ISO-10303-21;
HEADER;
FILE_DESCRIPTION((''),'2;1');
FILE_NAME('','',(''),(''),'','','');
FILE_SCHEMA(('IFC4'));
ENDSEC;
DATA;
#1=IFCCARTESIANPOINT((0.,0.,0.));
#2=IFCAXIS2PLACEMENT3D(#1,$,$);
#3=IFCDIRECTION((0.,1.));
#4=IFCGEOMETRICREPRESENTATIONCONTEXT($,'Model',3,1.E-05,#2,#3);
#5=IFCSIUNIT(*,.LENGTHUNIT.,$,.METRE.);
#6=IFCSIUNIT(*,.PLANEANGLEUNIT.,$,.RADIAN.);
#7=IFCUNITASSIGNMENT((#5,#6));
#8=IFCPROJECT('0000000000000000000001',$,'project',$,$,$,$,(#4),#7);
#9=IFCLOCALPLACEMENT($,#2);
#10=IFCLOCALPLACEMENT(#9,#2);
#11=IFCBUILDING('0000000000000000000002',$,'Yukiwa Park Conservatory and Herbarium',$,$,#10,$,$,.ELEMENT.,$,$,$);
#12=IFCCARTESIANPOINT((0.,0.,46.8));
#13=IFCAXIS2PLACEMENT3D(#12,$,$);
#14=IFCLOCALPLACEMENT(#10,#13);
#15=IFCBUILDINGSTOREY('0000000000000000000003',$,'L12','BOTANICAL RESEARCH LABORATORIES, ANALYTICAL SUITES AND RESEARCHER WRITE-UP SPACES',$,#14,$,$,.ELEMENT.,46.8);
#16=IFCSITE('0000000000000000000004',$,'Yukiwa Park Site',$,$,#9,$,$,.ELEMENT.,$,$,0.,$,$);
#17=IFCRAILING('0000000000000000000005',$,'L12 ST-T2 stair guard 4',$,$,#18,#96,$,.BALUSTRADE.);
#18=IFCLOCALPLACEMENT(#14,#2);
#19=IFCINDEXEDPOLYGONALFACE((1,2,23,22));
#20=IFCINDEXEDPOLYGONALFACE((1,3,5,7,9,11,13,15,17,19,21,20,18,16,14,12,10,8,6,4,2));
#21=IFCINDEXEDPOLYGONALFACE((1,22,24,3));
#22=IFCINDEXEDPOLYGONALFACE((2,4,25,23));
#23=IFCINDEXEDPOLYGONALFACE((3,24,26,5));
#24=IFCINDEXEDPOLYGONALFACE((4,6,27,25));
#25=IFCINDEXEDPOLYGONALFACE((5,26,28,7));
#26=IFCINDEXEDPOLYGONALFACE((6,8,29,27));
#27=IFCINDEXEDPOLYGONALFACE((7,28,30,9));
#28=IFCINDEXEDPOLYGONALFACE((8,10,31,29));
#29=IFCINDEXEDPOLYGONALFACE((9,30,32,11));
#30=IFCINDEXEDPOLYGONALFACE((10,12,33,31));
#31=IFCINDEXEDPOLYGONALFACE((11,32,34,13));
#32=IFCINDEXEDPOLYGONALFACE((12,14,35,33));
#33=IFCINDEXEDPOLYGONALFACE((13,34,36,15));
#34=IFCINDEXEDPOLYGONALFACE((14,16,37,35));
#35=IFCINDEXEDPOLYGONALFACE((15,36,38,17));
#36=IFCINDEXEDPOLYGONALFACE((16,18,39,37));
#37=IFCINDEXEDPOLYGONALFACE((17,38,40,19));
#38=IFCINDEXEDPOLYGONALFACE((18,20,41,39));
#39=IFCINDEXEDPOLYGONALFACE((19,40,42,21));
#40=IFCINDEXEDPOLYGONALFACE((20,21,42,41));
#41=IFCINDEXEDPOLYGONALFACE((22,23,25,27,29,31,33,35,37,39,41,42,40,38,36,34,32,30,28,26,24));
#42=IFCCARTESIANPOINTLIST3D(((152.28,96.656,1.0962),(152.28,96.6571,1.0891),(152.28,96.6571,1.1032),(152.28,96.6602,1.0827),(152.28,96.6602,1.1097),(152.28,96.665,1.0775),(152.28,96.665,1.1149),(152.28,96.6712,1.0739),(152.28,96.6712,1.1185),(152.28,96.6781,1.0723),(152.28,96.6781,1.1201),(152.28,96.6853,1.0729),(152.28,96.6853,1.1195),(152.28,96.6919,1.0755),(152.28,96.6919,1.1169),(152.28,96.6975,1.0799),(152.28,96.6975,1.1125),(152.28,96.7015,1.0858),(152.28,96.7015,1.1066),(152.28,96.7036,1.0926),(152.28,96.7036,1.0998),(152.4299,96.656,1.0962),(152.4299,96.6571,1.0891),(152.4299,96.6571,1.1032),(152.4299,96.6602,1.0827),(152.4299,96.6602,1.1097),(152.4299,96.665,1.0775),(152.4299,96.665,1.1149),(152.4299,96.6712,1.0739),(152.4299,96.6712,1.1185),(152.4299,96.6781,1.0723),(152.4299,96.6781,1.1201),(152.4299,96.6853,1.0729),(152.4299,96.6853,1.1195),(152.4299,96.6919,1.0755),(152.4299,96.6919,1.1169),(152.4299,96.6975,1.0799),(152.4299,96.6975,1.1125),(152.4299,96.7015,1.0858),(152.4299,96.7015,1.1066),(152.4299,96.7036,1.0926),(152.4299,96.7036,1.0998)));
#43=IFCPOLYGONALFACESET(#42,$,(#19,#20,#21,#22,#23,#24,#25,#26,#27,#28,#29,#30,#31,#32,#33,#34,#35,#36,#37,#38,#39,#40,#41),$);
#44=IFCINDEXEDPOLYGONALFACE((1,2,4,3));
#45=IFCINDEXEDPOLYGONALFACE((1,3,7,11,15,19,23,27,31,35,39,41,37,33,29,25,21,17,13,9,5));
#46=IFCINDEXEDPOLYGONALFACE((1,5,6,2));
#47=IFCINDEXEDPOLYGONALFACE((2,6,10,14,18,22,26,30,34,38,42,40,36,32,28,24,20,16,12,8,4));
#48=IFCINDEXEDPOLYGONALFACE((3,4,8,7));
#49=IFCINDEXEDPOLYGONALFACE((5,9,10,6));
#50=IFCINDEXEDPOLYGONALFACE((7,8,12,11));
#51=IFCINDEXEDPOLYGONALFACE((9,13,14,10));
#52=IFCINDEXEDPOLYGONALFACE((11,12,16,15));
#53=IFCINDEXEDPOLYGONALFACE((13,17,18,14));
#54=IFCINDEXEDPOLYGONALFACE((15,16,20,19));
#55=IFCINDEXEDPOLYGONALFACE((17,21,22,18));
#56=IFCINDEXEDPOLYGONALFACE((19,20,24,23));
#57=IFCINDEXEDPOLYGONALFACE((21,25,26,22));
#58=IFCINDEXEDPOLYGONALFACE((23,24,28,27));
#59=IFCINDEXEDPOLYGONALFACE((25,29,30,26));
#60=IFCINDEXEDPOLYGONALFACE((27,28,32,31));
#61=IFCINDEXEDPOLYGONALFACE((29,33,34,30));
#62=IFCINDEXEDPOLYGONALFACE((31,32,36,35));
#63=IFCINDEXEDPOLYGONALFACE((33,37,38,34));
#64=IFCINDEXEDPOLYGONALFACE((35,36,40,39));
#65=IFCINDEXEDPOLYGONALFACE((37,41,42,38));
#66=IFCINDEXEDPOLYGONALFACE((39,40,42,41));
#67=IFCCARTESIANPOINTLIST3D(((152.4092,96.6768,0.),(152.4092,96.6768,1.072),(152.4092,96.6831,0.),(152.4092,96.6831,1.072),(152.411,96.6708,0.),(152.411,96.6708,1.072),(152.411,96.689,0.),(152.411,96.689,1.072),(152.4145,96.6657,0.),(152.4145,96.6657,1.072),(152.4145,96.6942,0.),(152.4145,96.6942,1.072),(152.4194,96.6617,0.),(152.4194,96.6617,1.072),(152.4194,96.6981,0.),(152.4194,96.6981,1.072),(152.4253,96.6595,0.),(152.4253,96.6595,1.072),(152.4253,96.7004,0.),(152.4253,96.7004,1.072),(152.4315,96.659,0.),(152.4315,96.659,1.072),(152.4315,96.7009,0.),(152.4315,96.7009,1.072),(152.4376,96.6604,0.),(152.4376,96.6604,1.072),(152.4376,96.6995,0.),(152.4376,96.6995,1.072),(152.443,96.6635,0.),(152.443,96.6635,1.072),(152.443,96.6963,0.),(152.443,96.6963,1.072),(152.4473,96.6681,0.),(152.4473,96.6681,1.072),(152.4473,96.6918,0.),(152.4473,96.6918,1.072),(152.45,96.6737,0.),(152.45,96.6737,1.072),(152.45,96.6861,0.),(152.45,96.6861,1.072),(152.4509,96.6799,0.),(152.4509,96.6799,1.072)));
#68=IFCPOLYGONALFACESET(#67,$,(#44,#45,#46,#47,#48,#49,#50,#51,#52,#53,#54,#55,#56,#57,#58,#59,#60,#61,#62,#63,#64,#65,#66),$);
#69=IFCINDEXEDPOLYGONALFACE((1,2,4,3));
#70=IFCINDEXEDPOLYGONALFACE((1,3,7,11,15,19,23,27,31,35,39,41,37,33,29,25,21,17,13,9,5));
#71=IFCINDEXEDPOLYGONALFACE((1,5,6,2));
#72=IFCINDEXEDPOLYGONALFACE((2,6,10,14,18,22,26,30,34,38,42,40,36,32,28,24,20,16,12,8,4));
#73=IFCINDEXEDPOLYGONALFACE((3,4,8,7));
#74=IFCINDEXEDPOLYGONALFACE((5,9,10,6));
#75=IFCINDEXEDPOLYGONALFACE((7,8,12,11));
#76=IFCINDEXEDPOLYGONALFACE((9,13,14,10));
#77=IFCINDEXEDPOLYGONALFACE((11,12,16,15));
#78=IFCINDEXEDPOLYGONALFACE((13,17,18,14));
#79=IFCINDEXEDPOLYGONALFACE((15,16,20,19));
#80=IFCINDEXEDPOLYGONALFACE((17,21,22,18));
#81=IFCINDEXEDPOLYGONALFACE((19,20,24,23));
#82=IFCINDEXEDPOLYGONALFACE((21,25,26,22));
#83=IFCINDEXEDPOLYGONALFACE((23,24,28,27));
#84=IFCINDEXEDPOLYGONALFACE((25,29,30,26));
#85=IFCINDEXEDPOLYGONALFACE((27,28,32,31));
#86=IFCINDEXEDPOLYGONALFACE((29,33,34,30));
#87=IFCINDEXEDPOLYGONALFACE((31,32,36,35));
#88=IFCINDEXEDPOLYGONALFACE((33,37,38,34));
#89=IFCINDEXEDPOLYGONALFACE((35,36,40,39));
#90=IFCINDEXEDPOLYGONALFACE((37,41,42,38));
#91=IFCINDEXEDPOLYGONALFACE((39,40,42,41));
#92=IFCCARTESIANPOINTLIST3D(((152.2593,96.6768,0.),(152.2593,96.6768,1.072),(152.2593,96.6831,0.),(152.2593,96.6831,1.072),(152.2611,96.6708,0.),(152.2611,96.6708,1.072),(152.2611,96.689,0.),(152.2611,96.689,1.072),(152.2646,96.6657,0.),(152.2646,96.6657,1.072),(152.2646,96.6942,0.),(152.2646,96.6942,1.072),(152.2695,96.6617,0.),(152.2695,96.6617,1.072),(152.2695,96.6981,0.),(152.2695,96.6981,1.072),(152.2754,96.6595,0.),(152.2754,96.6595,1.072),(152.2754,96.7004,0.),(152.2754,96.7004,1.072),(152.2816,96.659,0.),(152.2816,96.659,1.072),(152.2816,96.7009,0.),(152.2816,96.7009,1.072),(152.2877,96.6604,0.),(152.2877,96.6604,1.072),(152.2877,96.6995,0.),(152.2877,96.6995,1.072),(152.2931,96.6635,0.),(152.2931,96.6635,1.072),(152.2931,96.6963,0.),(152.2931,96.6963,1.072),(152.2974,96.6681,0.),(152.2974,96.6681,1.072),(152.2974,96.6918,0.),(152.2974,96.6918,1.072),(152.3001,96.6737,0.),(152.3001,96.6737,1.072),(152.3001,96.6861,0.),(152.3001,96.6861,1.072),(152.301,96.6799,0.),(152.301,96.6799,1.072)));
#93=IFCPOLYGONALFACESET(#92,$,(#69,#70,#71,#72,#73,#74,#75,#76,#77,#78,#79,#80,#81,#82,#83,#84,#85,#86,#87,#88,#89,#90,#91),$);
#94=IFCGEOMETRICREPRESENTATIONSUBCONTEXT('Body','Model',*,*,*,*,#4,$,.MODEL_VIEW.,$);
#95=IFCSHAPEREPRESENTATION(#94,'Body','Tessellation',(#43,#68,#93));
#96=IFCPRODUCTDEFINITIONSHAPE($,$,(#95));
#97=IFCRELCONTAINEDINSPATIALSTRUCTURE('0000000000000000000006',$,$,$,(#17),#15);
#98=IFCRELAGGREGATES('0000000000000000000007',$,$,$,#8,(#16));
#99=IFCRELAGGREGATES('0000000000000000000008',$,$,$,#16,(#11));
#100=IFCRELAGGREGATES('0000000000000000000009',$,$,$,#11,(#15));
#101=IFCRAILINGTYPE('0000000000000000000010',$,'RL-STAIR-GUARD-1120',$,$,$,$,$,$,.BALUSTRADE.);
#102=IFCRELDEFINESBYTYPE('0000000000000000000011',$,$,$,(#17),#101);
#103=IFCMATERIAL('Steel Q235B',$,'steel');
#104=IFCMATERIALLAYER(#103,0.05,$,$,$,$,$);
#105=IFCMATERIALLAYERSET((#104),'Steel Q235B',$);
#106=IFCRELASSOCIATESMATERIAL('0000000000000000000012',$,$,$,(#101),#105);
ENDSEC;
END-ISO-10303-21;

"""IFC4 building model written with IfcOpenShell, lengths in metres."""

from ifc_helpers import new_model, si_unit, direction, frame, origin, origin_2d, place, context, subcontext, project, spatial, circle, extrude, material, layer, layer_set, type_object, element, save


model = new_model("IFC4")

# Units and contexts
model_context = context("Model", 3, precision=1e-05, world=origin(), true_north=direction((0.0, 1.0)))
body_context = subcontext(model_context, "Body", "Model", "MODEL_VIEW")
ifc_project = project(units=[si_unit("LENGTHUNIT", "METRE"), si_unit("PLANEANGLEUNIT", "RADIAN")], contexts=[model_context])

# Site, building, storey
site_placement = place(None, origin())
site = spatial("IfcSite", under=ifc_project, at=site_placement, Name="Yukiwa Park Site", CompositionType="ELEMENT", RefElevation=0.0)
building_placement = place(site_placement, origin())
building = spatial("IfcBuilding", under=site, at=building_placement, Name="Yukiwa Park Conservatory and Herbarium", CompositionType="ELEMENT")
storey_placement = place(building_placement, frame((0.0, 0.0, 46.8)))
storey = spatial("IfcBuildingStorey", under=building, at=storey_placement, Name="L12", Description="BOTANICAL RESEARCH LABORATORIES, ANALYTICAL SUITES AND RESEARCHER WRITE-UP SPACES", CompositionType="ELEMENT", Elevation=46.8)

# Railing
ifc_material_1 = material(Name="Steel Q235B", Category="steel")
ifc_layer_1 = layer(ifc_material_1, 0.05)
ifc_layer_set_1 = layer_set([ifc_layer_1], Name="Steel Q235B")
railing_type_1 = type_object("IfcRailingType", Name="RL-STAIR-GUARD-1120", PredefinedType="BALUSTRADE", material=ifc_layer_set_1)
railing_1_placement = place(storey_placement, frame((152.4299, 96.6799, 0.0)))
element("IfcRailing", 1, at=railing_1_placement, inside=storey, type_object=railing_type_1, Name="L12 ST-T2 stair guard 4", PredefinedType="BALUSTRADE", context=body_context, shape_type="SweptSolid", body=[
    extrude(circle(Radius=0.0239, at=origin_2d()), frame((0.0, 0.0, 1.0962), z_axis=(-1.0, 0.0, 0.0), x_axis=(0.0, -1.0, 0.0)), (0.0, 0.0, 1.0), 0.1499),
    extrude(circle(Radius=0.021, at=origin_2d()), origin(), (0.0, 0.0, 1.0), 1.072),
    extrude(circle(Radius=0.021, at=origin_2d()), frame((-0.1499, 0.0, 0.0)), (0.0, 0.0, 1.0), 1.072),
])

save(model, "model.ifc")
